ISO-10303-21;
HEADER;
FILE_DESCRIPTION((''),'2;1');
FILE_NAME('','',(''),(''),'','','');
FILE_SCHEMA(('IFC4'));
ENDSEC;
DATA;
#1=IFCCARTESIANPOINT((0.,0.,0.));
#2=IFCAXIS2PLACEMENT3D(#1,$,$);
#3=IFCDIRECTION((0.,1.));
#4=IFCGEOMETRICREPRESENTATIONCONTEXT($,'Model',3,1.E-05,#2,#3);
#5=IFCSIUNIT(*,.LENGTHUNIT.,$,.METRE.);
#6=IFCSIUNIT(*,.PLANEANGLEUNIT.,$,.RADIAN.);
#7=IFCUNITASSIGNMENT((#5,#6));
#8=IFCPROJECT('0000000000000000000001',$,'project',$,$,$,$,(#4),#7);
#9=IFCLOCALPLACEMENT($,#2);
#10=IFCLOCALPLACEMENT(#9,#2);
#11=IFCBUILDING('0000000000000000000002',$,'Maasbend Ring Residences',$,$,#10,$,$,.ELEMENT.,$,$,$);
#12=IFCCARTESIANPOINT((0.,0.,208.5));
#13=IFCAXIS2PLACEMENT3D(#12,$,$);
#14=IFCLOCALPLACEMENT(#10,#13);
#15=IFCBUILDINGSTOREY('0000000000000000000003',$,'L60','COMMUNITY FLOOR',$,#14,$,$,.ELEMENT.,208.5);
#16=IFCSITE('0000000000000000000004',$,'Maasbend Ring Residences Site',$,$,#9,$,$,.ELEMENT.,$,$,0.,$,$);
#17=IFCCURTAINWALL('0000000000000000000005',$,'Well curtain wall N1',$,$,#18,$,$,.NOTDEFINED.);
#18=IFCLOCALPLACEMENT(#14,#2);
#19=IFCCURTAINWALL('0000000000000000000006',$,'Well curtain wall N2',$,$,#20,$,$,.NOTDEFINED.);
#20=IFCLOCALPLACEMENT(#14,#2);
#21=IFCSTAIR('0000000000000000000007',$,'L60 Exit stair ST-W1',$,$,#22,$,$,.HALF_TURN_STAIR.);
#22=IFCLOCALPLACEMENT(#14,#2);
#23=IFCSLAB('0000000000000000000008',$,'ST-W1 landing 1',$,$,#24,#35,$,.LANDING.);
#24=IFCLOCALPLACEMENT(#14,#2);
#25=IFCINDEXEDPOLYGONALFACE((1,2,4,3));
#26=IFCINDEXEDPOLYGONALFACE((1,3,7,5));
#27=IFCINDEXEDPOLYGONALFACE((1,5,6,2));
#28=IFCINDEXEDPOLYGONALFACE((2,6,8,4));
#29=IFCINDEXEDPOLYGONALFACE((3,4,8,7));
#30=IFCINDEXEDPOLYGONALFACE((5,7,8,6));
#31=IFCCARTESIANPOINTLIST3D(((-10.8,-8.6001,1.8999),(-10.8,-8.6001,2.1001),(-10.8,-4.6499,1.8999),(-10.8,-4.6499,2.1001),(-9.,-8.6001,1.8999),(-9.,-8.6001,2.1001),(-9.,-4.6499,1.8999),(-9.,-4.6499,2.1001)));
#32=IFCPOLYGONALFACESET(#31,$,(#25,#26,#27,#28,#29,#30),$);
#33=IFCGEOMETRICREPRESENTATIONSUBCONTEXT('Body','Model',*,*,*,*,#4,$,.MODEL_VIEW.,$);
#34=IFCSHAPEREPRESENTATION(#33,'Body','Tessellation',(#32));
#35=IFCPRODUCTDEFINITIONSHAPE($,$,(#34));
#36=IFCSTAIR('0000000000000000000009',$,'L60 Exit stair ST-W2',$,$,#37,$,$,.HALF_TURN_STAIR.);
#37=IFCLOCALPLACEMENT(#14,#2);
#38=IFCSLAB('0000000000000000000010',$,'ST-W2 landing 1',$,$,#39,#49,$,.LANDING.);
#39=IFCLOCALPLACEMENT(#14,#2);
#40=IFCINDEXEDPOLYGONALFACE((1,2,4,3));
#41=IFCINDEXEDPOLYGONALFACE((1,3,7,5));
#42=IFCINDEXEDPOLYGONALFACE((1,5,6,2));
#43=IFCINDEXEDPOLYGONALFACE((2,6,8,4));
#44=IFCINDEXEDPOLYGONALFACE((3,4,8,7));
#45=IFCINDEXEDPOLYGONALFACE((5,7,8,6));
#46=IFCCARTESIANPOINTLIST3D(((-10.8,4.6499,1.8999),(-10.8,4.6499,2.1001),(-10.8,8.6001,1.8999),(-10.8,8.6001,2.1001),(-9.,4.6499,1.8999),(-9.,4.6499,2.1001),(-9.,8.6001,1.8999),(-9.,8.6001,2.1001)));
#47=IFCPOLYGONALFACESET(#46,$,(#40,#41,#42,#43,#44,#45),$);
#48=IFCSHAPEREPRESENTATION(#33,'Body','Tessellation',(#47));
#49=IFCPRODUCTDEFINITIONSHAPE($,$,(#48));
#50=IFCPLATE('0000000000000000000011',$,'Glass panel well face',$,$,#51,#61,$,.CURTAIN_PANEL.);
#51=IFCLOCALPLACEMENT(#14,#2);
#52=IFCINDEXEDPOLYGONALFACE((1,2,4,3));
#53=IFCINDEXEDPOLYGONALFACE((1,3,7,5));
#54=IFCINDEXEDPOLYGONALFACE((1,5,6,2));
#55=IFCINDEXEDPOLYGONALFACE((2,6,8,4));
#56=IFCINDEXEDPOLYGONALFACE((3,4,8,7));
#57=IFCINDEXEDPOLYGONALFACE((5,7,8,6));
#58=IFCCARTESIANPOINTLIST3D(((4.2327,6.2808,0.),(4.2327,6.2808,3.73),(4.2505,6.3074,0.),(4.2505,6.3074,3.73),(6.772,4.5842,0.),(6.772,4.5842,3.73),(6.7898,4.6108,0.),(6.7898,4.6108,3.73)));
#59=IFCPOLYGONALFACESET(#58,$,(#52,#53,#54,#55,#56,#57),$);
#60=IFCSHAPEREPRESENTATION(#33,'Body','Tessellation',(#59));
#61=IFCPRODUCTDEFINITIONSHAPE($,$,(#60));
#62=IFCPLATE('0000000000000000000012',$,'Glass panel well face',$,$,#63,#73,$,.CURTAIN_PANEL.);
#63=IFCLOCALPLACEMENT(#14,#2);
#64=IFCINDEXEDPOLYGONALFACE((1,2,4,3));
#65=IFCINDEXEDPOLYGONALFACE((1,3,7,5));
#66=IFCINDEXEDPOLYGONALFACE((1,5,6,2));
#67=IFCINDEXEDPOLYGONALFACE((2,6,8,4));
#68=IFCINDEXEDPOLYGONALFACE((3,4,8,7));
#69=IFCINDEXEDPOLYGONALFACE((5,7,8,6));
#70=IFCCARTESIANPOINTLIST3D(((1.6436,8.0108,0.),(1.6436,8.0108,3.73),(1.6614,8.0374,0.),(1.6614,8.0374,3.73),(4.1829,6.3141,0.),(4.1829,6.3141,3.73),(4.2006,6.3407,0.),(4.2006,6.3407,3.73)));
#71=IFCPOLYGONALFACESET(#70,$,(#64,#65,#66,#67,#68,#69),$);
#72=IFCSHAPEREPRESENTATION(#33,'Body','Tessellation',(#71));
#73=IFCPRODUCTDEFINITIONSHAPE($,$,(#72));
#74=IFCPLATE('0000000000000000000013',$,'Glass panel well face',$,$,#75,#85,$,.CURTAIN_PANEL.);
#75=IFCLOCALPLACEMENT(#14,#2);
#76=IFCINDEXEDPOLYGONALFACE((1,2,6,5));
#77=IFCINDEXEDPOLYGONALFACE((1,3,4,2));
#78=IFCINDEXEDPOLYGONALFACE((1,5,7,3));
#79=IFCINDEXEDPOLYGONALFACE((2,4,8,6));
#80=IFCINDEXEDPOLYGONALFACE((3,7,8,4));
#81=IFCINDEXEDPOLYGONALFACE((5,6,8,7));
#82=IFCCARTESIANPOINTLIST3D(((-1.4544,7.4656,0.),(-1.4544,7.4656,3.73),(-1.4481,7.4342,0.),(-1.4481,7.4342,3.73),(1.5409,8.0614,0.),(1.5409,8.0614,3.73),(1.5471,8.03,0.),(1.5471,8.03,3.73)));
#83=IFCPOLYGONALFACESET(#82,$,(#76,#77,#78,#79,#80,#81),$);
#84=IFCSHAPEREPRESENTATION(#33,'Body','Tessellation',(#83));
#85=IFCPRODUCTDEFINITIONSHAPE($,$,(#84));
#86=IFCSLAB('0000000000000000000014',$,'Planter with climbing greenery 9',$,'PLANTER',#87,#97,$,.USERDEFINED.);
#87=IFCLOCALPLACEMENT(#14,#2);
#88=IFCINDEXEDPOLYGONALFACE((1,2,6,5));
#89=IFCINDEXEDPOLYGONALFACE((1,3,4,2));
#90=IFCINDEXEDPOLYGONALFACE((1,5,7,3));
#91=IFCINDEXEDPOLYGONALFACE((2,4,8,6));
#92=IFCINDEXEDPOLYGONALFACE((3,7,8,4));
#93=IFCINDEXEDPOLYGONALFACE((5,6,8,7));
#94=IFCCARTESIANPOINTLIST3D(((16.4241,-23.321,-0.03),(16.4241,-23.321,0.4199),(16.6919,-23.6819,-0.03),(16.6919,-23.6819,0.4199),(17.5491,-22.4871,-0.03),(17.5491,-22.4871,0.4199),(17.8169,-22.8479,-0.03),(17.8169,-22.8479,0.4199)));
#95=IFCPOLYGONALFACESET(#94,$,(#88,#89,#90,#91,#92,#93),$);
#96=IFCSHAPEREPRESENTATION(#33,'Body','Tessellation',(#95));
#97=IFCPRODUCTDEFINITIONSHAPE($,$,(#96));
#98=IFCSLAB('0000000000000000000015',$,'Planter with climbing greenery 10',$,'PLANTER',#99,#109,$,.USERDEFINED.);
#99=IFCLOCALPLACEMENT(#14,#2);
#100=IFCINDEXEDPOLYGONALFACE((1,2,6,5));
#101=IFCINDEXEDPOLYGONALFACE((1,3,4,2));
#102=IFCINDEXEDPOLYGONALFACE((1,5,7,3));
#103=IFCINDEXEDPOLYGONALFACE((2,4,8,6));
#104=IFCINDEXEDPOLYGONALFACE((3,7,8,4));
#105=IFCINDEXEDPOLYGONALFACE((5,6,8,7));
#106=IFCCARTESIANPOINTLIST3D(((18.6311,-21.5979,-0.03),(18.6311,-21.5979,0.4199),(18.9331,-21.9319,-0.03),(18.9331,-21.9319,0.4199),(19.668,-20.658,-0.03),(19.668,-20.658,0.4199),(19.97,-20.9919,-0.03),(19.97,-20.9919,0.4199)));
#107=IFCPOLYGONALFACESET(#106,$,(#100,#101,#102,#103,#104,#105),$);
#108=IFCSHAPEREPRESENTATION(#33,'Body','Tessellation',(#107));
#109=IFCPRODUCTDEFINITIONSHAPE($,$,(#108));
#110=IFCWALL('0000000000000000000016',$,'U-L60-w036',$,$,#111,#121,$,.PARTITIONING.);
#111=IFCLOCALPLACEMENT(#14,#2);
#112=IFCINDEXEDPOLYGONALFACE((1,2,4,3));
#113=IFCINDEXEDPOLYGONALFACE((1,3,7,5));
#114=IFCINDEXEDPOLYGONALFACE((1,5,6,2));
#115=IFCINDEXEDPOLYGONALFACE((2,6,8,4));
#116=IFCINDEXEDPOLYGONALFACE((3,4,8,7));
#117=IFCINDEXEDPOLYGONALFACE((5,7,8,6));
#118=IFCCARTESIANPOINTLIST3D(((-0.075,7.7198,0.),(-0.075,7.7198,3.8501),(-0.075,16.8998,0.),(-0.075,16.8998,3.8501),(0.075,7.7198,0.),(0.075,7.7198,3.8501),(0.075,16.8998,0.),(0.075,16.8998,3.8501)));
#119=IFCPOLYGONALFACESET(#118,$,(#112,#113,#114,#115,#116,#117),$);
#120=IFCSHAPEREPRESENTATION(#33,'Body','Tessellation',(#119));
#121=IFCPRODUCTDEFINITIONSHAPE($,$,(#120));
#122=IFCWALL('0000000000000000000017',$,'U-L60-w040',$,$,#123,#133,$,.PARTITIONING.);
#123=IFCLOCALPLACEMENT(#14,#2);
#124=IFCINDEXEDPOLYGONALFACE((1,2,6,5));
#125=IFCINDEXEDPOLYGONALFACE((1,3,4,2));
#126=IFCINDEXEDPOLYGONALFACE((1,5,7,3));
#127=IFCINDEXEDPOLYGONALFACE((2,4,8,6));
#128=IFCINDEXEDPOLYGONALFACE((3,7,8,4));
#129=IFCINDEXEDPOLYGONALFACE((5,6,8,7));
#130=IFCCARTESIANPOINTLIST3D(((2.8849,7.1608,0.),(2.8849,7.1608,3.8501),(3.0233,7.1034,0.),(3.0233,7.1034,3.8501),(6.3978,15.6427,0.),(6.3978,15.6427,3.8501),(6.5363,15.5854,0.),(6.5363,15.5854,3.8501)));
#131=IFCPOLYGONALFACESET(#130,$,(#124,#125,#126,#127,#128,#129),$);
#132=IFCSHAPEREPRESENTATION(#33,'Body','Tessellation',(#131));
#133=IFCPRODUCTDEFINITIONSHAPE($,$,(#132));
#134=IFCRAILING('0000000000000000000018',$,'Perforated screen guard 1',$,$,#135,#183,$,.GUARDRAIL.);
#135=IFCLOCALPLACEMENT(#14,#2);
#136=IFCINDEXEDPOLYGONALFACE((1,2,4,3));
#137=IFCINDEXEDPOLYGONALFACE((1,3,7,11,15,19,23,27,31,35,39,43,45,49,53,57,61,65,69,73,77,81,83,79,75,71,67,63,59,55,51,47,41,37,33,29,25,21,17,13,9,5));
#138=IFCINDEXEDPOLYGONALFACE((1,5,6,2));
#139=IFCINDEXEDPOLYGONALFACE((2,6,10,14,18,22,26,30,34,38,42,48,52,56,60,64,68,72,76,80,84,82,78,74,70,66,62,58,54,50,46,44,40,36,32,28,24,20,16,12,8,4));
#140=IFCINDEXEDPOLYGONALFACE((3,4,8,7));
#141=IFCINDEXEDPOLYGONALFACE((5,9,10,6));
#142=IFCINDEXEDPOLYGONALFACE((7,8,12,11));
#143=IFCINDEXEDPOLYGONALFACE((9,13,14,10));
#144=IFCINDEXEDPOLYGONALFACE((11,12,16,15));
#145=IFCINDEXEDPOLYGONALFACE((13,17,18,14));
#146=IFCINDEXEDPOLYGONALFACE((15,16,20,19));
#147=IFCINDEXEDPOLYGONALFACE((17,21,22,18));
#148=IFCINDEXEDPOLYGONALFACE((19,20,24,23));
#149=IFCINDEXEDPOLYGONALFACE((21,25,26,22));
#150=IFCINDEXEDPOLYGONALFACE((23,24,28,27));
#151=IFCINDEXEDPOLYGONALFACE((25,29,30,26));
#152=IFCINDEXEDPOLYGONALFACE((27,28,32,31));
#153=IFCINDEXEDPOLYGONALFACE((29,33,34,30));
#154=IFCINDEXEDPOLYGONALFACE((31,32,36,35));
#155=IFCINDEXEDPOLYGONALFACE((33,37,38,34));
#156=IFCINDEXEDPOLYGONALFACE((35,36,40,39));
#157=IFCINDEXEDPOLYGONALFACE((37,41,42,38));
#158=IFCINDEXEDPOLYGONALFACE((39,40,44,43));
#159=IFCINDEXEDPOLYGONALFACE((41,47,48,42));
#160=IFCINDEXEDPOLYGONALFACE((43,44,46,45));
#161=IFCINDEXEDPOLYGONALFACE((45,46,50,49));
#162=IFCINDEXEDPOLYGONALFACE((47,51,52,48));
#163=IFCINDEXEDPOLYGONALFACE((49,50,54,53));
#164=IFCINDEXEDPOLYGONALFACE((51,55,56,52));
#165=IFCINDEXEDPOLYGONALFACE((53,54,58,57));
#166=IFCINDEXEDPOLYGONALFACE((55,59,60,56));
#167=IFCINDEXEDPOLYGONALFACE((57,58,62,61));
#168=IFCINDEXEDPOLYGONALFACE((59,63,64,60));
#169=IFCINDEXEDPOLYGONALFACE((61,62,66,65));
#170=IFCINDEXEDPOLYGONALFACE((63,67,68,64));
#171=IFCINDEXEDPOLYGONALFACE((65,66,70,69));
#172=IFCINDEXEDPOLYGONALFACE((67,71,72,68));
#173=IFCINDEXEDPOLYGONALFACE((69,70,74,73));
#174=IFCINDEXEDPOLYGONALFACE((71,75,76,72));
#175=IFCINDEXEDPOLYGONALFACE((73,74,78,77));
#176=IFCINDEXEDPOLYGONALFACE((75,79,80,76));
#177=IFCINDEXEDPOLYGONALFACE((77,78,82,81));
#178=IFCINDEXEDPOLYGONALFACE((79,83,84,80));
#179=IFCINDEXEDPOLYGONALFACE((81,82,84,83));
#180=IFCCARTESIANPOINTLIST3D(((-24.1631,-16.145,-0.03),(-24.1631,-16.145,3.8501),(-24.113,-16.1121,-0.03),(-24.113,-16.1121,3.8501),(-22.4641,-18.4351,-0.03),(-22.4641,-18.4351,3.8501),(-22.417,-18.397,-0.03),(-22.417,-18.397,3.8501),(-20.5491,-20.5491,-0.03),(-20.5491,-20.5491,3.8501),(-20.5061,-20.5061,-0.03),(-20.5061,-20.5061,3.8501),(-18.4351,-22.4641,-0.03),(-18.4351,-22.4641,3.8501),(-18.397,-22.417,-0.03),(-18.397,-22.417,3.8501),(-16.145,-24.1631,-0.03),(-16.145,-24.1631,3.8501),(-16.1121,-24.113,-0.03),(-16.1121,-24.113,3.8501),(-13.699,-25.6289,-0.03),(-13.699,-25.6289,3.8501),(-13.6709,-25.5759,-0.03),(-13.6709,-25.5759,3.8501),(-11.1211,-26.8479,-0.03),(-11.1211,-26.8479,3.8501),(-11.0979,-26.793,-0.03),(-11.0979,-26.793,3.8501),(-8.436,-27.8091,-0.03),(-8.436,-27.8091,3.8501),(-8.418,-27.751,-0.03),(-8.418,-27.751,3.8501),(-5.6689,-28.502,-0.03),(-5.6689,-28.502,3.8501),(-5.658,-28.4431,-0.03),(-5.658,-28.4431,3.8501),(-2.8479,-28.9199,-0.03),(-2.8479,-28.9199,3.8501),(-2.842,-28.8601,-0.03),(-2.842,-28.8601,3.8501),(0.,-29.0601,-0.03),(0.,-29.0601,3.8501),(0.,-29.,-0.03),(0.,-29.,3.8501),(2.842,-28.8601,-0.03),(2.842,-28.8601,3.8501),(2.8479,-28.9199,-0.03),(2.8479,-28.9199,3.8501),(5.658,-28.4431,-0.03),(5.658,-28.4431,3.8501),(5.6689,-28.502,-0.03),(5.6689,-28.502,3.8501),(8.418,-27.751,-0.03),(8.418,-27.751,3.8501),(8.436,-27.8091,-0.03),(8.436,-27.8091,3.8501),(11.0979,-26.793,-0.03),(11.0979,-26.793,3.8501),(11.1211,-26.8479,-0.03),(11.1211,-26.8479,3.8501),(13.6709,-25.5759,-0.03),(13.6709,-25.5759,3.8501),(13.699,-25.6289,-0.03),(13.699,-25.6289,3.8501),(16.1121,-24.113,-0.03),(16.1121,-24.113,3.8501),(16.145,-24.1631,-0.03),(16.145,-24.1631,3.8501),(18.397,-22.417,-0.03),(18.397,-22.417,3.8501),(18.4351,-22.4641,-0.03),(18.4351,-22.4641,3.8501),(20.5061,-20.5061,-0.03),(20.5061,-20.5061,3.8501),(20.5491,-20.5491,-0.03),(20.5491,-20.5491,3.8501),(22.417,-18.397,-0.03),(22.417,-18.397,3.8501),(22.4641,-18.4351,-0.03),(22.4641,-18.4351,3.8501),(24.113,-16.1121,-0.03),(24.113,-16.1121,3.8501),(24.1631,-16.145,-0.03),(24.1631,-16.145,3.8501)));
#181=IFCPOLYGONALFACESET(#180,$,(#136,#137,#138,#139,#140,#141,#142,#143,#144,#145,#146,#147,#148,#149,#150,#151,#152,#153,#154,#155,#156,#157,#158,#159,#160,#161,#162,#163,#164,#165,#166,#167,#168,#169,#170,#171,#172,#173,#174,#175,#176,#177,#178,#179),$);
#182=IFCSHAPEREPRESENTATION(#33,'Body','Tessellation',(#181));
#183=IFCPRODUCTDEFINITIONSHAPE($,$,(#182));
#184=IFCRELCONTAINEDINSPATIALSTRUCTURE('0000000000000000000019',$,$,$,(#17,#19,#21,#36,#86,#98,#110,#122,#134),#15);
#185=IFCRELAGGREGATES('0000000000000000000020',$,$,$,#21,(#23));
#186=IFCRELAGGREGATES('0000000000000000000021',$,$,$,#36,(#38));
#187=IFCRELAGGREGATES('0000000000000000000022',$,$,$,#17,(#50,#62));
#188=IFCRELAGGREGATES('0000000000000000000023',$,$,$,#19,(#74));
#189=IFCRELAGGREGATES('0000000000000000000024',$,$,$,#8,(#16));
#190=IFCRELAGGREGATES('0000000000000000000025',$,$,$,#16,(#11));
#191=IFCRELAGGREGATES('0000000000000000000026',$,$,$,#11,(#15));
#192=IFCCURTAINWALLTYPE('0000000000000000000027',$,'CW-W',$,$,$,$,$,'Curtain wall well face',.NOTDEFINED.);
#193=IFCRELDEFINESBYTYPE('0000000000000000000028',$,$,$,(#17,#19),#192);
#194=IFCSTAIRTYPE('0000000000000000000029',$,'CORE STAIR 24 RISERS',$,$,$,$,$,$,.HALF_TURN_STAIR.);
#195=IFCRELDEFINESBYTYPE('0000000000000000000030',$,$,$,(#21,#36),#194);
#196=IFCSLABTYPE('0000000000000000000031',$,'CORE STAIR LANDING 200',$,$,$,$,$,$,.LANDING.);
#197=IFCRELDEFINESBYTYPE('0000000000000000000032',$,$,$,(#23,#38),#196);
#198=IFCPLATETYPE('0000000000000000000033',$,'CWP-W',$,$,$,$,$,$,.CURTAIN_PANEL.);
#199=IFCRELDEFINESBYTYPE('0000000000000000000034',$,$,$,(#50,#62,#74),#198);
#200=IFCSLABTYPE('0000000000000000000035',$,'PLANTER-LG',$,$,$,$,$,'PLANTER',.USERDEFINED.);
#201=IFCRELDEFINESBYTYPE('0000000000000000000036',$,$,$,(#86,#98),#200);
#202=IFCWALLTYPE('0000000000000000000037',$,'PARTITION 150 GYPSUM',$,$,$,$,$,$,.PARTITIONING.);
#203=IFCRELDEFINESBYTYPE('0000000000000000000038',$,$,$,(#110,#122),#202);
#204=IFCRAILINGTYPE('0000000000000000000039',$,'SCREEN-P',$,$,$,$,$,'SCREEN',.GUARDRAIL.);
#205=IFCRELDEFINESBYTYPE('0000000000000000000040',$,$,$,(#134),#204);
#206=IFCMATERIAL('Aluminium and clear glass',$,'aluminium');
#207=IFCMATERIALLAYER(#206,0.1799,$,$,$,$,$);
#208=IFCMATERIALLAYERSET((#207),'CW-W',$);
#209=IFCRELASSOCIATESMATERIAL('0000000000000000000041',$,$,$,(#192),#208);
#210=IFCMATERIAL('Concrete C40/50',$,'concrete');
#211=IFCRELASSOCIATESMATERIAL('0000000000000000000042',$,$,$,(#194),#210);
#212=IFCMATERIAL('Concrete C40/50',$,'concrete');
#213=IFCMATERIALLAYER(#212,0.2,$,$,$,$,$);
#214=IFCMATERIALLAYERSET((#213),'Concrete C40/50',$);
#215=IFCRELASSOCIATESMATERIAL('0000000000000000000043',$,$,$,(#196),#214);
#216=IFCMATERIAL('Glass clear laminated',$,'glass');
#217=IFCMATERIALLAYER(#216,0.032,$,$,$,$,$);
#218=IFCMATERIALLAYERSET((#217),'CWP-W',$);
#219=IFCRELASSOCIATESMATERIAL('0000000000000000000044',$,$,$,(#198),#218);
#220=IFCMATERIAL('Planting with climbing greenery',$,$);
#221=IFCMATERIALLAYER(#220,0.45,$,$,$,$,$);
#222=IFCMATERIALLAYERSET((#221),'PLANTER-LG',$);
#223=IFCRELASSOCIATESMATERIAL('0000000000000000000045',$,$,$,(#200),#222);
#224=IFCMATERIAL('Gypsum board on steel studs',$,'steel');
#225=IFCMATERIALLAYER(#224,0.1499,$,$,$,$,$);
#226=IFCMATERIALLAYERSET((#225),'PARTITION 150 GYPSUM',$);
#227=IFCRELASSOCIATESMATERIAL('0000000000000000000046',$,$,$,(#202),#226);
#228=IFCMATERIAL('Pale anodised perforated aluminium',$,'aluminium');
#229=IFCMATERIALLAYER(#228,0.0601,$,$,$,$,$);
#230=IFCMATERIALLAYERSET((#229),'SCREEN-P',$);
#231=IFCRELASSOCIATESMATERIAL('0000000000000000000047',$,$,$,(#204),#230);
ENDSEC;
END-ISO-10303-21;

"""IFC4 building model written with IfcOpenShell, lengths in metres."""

from ifc_helpers import new_model, si_unit, direction, frame, frame_2d, origin, origin_2d, place, context, subcontext, project, spatial, polyline, rectangle, outline, extrude, material, layer, layer_set, type_object, element, aggregate, save


model = new_model("IFC4")

# Units and contexts
model_context = context("Model", 3, precision=1e-05, world=origin(), true_north=direction((0.0, 1.0)))
body_context = subcontext(model_context, "Body", "Model", "MODEL_VIEW")
ifc_project = project(units=[si_unit("LENGTHUNIT", "METRE"), si_unit("PLANEANGLEUNIT", "RADIAN")], contexts=[model_context])

# Site, building, storey
site_placement = place(None, origin())
site = spatial("IfcSite", under=ifc_project, at=site_placement, Name="Maasbend Ring Residences Site", CompositionType="ELEMENT", RefElevation=0.0)
building_placement = place(site_placement, origin())
building = spatial("IfcBuilding", under=site, at=building_placement, Name="Maasbend Ring Residences", CompositionType="ELEMENT")
storey_placement = place(building_placement, frame((0.0, 0.0, 208.5)))
storey = spatial("IfcBuildingStorey", under=building, at=storey_placement, Name="L60", Description="COMMUNITY FLOOR", CompositionType="ELEMENT", Elevation=208.5)

# Curtain wall
ifc_material_1 = material(Name="Aluminium and clear glass", Category="aluminium")
ifc_layer_1 = layer(ifc_material_1, 0.1799)
ifc_layer_set_1 = layer_set([ifc_layer_1], Name="CW-W")
curtain_wall_type = type_object("IfcCurtainWallType", Name="CW-W", ElementType="Curtain wall well face", PredefinedType="NOTDEFINED", material=ifc_layer_set_1)
curtain_wall_1_placement = place(storey_placement, origin())
curtain_wall_1 = element("IfcCurtainWall", 1, at=curtain_wall_1_placement, inside=storey, type_object=curtain_wall_type, Name="Well curtain wall N1", PredefinedType="NOTDEFINED")

# Curtain wall
curtain_wall_2_placement = place(storey_placement, origin())
curtain_wall_2 = element("IfcCurtainWall", 2, at=curtain_wall_2_placement, inside=storey, type_object=curtain_wall_type, Name="Well curtain wall N2", PredefinedType="NOTDEFINED")

# Stairs, slabs
ifc_material_2 = material(Name="Concrete C40/50", Category="concrete")
stair_type = type_object("IfcStairType", Name="CORE STAIR 24 RISERS", PredefinedType="HALF_TURN_STAIR", material=ifc_material_2)
ifc_material_3 = material(Name="Concrete C40/50", Category="concrete")
ifc_layer_2 = layer(ifc_material_3, 0.2)
ifc_layer_set_2 = layer_set([ifc_layer_2], Name="Concrete C40/50")
slab_type_1 = type_object("IfcSlabType", Name="CORE STAIR LANDING 200", PredefinedType="LANDING", material=ifc_layer_set_2)
stair_1_placement = place(storey_placement, origin())
stair_1 = element("IfcStair", 3, at=stair_1_placement, inside=storey, type_object=stair_type, Name="L60 Exit stair ST-W1", PredefinedType="HALF_TURN_STAIR")
slab_1_placement = place(storey_placement, frame((0.0, 0.0, 1.8999)))
slab_1 = element("IfcSlab", 4, at=slab_1_placement, type_object=slab_type_1, Name="ST-W1 landing 1", PredefinedType="LANDING", context=body_context, shape_type="SweptSolid", body=[
    extrude(outline(polyline([(-10.8, -8.6001), (-9.0, -8.6001), (-9.0, -4.6499), (-10.8, -4.6499), (-10.8, -8.6001)])), origin(), (0.0, 0.0, 1.0), 0.2002),
])
aggregate(stair_1, [slab_1])
stair_2_placement = place(storey_placement, origin())
stair_2 = element("IfcStair", 5, at=stair_2_placement, inside=storey, type_object=stair_type, Name="L60 Exit stair ST-W2", PredefinedType="HALF_TURN_STAIR")
slab_2_placement = place(storey_placement, frame((0.0, 0.0, 1.8999)))
slab_2 = element("IfcSlab", 6, at=slab_2_placement, type_object=slab_type_1, Name="ST-W2 landing 1", PredefinedType="LANDING", context=body_context, shape_type="SweptSolid", body=[
    extrude(outline(polyline([(-10.8, 4.6499), (-9.0, 4.6499), (-9.0, 8.6001), (-10.8, 8.6001), (-10.8, 4.6499)])), origin(), (0.0, 0.0, 1.0), 0.2002),
])
aggregate(stair_2, [slab_2])

# Plates
ifc_material_4 = material(Name="Glass clear laminated", Category="glass")
ifc_layer_3 = layer(ifc_material_4, 0.032)
ifc_layer_set_3 = layer_set([ifc_layer_3], Name="CWP-W")
plate_type = type_object("IfcPlateType", Name="CWP-W", PredefinedType="CURTAIN_PANEL", material=ifc_layer_set_3)
plate_1_placement = place(storey_placement, frame((5.5112, 5.4458, 0.0), z_axis=(0.0, 0.0, 1.0), x_axis=(-0.83147, 0.55557, 0.0)))
plate_1 = element("IfcPlate", 7, at=plate_1_placement, type_object=plate_type, Name="Glass panel well face", PredefinedType="CURTAIN_PANEL", context=body_context, shape_type="SweptSolid", body=[
    extrude(rectangle(XDim=3.054, YDim=0.032, at=origin_2d()), origin(), (0.0, 0.0, 1.0), 3.73),
])
plate_2_placement = place(storey_placement, frame((2.9221, 7.1758, 0.0), z_axis=(0.0, 0.0, 1.0), x_axis=(-0.83147, 0.55557, 0.0)))
plate_2 = element("IfcPlate", 8, at=plate_2_placement, type_object=plate_type, Name="Glass panel well face", PredefinedType="CURTAIN_PANEL", context=body_context, shape_type="SweptSolid", body=[
    extrude(rectangle(XDim=3.054, YDim=0.032, at=origin_2d()), origin(), (0.0, 0.0, 1.0), 3.73),
])
aggregate(curtain_wall_1, [plate_1, plate_2])
plate_3_placement = place(storey_placement, frame((0.0464, 7.7478, 0.0), z_axis=(0.0, 0.0, 1.0), x_axis=(-0.980785, -0.19509, 0.0)))
plate_3 = element("IfcPlate", 9, at=plate_3_placement, type_object=plate_type, Name="Glass panel well face", PredefinedType="CURTAIN_PANEL", context=body_context, shape_type="SweptSolid", body=[
    extrude(rectangle(XDim=3.054, YDim=0.032, at=origin_2d()), origin(), (0.0, 0.0, 1.0), 3.73),
])
aggregate(curtain_wall_2, [plate_3])

# Slabs
ifc_material_5 = material(Name="Planting with climbing greenery")
ifc_layer_4 = layer(ifc_material_5, 0.45)
ifc_layer_set_4 = layer_set([ifc_layer_4], Name="PLANTER-LG")
slab_type_2 = type_object("IfcSlabType", Name="PLANTER-LG", ElementType="PLANTER", PredefinedType="USERDEFINED", material=ifc_layer_set_4)
slab_3_placement = place(storey_placement, frame((0.0, 0.0, -0.03)))
element("IfcSlab", 10, at=slab_3_placement, inside=storey, type_object=slab_type_2, Name="Planter with climbing greenery 9", ObjectType="PLANTER", PredefinedType="USERDEFINED", context=body_context, shape_type="SweptSolid", body=[
    extrude(outline(polyline([(16.6919, -23.6819), (17.8169, -22.8479), (17.5491, -22.4871), (16.4241, -23.321), (16.6919, -23.6819)])), origin(), (0.0, 0.0, 1.0), 0.45),
])
slab_4_placement = place(storey_placement, frame((0.0, 0.0, -0.03)))
element("IfcSlab", 11, at=slab_4_placement, inside=storey, type_object=slab_type_2, Name="Planter with climbing greenery 10", ObjectType="PLANTER", PredefinedType="USERDEFINED", context=body_context, shape_type="SweptSolid", body=[
    extrude(outline(polyline([(18.9331, -21.9319), (19.97, -20.9919), (19.668, -20.658), (18.6311, -21.5979), (18.9331, -21.9319)])), origin(), (0.0, 0.0, 1.0), 0.45),
])

# Walls
ifc_material_6 = material(Name="Gypsum board on steel studs", Category="steel")
ifc_layer_5 = layer(ifc_material_6, 0.1499)
ifc_layer_set_5 = layer_set([ifc_layer_5], Name="PARTITION 150 GYPSUM")
wall_type = type_object("IfcWallType", Name="PARTITION 150 GYPSUM", PredefinedType="PARTITIONING", material=ifc_layer_set_5)
wall_1_placement = place(storey_placement, frame((0.0, 7.72, 0.0), z_axis=(0.0, 0.0, 1.0), x_axis=(0.0, 1.0, 0.0)))
element("IfcWall", 12, at=wall_1_placement, inside=storey, type_object=wall_type, Name="U-L60-w036", PredefinedType="PARTITIONING", context=body_context, shape_type="SweptSolid", body=[
    extrude(rectangle(XDim=9.1799, YDim=0.1499, at=frame_2d((4.5898, 0.0))), origin(), (0.0, 0.0, 1.0), 3.8501),
])
wall_2_placement = place(storey_placement, frame((2.9541, 7.1321, 0.0), z_axis=(0.0, 0.0, 1.0), x_axis=(0.382647, 0.923895, 0.0)))
element("IfcWall", 13, at=wall_2_placement, inside=storey, type_object=wall_type, Name="U-L60-w040", PredefinedType="PARTITIONING", context=body_context, shape_type="SweptSolid", body=[
    extrude(rectangle(XDim=9.1807, YDim=0.1499, at=frame_2d((4.5903, 0.0))), origin(), (0.0, 0.0, 1.0), 3.8501),
])

# Railing
ifc_material_7 = material(Name="Pale anodised perforated aluminium", Category="aluminium")
ifc_layer_6 = layer(ifc_material_7, 0.0601)
ifc_layer_set_6 = layer_set([ifc_layer_6], Name="SCREEN-P")
railing_type = type_object("IfcRailingType", Name="SCREEN-P", ElementType="SCREEN", PredefinedType="GUARDRAIL", material=ifc_layer_set_6)
railing_placement = place(storey_placement, frame((0.0, 0.0, -0.03)))
element("IfcRailing", 14, at=railing_placement, inside=storey, type_object=railing_type, Name="Perforated screen guard 1", PredefinedType="GUARDRAIL", context=body_context, shape_type="SweptSolid", body=[
    extrude(outline(polyline([(-24.113, -16.1121), (-22.417, -18.397), (-20.5061, -20.5061), (-18.397, -22.417), (-16.1121, -24.113), (-13.6709, -25.5759), (-11.0979, -26.793), (-8.418, -27.751), (-5.658, -28.4431), (-2.842, -28.8601), (0.0, -29.0), (2.842, -28.8601), (5.658, -28.4431), (8.418, -27.751), (11.0979, -26.793), (13.6709, -25.5759), (16.1121, -24.113), (18.397, -22.417), (20.5061, -20.5061), (22.417, -18.397), (24.113, -16.1121), (24.1631, -16.145), (22.4641, -18.4351), (20.5491, -20.5491), (18.4351, -22.4641), (16.145, -24.1631), (13.699, -25.6289), (11.1211, -26.8479), (8.436, -27.8091), (5.6689, -28.502), (2.8479, -28.9199), (0.0, -29.0601), (-2.8479, -28.9199), (-5.6689, -28.502), (-8.436, -27.8091), (-11.1211, -26.8479), (-13.699, -25.6289), (-16.145, -24.1631), (-18.4351, -22.4641), (-20.5491, -20.5491), (-22.4641, -18.4351), (-24.1631, -16.145), (-24.113, -16.1121)])), origin(), (0.0, 0.0, 1.0), 3.8801),
])

save(model, "model.ifc")
